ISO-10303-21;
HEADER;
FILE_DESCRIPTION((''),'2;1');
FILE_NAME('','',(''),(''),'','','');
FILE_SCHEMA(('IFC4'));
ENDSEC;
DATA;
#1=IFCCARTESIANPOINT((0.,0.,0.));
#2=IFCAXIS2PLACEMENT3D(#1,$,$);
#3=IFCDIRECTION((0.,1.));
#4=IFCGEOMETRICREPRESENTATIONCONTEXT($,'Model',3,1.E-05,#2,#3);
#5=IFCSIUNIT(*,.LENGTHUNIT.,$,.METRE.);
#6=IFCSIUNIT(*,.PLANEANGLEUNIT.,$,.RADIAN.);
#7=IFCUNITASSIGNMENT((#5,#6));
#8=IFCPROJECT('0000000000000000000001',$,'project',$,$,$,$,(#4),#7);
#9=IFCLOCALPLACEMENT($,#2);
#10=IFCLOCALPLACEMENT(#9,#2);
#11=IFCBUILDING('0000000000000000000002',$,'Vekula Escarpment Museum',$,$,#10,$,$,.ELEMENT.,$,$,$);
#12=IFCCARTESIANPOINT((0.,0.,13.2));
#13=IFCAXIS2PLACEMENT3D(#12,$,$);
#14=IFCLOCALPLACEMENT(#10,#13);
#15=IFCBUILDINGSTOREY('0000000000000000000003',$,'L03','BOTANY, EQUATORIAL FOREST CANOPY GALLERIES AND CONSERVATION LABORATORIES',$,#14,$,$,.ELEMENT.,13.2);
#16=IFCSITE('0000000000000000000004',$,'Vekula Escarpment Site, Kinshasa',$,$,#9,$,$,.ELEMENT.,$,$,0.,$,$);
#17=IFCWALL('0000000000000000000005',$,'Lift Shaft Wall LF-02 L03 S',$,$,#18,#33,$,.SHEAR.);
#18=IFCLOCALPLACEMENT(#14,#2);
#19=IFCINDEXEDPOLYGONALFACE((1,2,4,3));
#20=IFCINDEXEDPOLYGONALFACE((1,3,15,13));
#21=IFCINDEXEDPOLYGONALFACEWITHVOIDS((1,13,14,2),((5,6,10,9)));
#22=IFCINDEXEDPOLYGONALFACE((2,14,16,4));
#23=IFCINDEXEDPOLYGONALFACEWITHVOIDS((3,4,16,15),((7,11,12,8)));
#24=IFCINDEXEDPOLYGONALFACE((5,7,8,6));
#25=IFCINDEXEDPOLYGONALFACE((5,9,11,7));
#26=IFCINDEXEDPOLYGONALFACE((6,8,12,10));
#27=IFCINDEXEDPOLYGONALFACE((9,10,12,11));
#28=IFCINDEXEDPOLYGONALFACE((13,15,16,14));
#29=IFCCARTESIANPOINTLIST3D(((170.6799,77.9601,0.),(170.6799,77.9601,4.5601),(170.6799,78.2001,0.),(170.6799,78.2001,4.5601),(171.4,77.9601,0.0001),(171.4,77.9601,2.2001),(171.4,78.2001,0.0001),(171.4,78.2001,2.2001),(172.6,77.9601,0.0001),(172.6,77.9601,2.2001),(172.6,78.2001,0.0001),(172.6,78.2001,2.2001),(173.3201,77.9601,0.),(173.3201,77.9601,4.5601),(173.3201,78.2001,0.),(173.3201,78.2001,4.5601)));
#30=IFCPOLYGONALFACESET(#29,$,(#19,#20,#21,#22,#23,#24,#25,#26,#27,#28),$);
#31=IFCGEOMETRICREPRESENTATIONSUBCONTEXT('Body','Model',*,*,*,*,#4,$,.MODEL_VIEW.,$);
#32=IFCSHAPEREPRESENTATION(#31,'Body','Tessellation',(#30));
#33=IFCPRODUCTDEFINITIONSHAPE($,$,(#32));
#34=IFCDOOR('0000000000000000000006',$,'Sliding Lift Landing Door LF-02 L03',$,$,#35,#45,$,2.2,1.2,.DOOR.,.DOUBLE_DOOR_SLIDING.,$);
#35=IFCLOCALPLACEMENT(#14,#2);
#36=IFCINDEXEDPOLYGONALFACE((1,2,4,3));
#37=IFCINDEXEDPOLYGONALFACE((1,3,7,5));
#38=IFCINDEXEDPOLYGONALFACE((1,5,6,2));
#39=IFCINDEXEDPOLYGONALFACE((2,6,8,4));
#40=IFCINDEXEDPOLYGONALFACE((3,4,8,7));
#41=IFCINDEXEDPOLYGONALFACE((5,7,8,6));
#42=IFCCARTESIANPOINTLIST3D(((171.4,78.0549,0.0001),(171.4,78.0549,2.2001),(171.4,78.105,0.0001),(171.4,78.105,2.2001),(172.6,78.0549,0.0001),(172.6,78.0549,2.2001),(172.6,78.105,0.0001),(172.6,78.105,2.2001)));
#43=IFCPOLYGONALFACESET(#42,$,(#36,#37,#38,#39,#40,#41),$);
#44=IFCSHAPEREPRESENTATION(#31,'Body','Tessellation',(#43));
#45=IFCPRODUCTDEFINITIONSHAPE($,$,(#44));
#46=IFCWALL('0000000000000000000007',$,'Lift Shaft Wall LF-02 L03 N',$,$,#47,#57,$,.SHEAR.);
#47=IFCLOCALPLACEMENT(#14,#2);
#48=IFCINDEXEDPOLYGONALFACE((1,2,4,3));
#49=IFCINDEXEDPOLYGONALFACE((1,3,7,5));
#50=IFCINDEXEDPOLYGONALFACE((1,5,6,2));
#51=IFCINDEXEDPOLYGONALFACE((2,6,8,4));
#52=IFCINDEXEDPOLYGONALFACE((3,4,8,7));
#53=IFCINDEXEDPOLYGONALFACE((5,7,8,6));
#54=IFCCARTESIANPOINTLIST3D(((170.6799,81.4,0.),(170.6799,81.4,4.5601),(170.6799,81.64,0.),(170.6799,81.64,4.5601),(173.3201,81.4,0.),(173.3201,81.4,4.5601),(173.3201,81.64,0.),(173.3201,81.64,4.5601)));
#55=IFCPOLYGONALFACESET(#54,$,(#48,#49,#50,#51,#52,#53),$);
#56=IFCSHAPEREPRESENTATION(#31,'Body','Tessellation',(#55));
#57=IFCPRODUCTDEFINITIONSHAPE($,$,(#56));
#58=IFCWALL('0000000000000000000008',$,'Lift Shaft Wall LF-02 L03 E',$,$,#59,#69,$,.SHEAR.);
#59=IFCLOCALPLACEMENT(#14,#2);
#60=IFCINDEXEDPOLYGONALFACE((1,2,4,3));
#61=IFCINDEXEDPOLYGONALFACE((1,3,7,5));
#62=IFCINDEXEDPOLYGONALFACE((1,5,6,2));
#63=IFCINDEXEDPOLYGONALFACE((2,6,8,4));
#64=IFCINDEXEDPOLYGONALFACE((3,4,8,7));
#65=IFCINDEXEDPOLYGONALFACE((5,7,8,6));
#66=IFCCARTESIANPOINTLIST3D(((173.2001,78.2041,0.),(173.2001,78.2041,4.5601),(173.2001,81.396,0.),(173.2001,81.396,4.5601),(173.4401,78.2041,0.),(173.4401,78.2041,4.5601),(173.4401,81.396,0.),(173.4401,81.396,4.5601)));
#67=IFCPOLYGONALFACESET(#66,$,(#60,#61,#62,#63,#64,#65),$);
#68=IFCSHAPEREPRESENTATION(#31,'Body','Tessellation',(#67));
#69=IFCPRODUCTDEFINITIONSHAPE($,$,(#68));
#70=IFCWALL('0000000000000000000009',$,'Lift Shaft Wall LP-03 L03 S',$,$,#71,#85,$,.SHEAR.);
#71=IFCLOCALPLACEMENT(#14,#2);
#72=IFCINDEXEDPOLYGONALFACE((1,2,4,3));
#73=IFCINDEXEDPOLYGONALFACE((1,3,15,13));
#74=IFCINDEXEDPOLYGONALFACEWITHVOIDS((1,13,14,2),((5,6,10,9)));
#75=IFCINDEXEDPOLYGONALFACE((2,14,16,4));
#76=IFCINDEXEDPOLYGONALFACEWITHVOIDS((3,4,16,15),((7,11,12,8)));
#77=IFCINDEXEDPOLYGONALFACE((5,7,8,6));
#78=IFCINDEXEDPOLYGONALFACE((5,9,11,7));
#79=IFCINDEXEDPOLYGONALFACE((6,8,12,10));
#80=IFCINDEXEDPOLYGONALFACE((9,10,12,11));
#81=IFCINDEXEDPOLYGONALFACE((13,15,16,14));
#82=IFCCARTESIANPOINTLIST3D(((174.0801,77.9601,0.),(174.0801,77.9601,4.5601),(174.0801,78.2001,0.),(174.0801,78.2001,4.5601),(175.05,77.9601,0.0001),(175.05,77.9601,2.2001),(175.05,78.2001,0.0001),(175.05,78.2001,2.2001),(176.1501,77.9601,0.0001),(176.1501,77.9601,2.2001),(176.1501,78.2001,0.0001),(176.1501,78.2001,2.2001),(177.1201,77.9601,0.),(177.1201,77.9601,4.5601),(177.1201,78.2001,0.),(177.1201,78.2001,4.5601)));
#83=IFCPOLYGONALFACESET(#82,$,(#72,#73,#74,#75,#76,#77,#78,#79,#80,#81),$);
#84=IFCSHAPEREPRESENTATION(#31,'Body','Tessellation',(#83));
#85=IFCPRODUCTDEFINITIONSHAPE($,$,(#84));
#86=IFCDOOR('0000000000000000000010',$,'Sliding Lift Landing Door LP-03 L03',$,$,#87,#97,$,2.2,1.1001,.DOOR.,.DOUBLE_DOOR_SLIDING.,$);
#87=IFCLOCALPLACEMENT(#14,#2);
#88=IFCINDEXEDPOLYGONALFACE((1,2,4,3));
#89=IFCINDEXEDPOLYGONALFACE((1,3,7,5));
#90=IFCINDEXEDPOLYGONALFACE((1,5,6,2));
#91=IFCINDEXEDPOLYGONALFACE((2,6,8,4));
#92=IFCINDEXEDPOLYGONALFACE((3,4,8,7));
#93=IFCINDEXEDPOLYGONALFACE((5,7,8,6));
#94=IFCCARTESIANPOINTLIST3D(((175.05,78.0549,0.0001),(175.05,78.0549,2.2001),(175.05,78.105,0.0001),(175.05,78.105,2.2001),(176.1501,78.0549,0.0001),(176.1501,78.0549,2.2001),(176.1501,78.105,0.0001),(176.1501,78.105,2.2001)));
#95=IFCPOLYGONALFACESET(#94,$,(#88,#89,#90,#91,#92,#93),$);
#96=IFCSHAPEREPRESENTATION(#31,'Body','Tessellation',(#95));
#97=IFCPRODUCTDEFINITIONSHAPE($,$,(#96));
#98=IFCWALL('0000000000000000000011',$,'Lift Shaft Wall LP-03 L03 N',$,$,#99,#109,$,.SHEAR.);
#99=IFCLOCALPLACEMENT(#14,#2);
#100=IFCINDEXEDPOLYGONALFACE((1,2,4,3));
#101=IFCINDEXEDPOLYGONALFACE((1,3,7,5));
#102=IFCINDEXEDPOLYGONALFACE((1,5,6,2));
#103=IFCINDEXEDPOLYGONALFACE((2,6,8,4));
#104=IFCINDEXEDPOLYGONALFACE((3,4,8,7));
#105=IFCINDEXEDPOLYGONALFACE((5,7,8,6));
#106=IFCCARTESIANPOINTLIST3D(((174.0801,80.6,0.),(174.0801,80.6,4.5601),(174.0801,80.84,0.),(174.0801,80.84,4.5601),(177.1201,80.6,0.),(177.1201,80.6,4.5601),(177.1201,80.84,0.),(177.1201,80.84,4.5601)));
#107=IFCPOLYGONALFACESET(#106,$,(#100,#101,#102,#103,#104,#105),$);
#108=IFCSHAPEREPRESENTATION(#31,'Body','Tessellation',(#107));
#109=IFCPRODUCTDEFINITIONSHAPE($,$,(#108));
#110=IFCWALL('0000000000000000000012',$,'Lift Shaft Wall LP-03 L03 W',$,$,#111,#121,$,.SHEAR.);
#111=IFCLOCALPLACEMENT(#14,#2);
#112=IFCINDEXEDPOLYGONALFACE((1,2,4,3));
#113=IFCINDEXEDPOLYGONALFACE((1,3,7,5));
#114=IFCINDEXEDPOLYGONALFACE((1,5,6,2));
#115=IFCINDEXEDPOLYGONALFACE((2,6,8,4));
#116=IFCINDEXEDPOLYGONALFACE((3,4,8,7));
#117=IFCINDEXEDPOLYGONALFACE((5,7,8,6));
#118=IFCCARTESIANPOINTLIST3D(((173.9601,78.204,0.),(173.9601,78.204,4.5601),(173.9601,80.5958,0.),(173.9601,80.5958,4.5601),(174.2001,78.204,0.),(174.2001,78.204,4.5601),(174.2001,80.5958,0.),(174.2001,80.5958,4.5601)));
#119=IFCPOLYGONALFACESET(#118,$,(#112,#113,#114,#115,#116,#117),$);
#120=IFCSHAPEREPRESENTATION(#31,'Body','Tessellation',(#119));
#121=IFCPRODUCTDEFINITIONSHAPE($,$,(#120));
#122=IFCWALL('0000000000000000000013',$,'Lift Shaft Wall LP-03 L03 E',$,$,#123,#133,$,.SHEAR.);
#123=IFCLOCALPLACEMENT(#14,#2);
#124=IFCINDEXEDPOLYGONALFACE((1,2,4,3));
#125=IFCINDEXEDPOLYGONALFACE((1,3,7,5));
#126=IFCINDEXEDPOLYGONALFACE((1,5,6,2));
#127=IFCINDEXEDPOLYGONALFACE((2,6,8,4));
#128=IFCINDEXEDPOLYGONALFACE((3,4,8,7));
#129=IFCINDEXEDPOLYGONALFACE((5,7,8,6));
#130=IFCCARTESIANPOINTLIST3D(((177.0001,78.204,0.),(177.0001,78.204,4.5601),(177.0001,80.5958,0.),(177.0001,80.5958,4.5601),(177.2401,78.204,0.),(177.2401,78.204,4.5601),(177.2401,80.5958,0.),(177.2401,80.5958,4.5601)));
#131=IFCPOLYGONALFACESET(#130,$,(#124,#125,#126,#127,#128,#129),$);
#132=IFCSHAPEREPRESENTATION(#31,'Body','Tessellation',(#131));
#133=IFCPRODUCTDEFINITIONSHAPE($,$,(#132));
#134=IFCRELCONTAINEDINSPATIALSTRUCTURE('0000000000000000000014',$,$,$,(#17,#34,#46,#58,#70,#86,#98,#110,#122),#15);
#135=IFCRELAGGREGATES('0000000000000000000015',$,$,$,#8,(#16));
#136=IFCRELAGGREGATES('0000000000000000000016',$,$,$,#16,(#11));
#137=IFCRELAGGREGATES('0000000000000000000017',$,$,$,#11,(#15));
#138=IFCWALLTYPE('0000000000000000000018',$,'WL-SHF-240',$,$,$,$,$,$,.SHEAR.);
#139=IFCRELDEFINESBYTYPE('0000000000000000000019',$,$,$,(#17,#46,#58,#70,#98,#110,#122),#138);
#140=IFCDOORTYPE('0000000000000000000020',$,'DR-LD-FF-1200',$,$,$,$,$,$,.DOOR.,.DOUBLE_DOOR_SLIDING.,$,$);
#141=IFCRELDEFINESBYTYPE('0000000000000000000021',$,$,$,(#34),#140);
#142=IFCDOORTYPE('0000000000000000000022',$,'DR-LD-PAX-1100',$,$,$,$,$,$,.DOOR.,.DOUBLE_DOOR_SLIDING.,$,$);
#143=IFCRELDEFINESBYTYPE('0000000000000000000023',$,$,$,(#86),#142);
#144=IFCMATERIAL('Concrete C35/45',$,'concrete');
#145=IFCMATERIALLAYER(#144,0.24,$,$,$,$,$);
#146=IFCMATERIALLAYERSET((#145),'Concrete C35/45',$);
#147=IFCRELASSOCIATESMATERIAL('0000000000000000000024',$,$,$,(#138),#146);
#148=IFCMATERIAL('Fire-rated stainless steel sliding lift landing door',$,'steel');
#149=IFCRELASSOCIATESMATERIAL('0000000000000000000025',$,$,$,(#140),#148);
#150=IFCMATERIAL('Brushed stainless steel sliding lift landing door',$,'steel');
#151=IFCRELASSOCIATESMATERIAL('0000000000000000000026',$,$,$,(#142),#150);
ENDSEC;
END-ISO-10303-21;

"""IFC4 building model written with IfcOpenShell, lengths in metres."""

from ifc_helpers import new_model, si_unit, direction, frame, frame_2d, origin, place, context, subcontext, project, spatial, rectangle, extrude, material, layer, layer_set, type_object, element, fill, save


model = new_model("IFC4")

# Units and contexts
model_context = context("Model", 3, precision=1e-05, world=origin(), true_north=direction((0.0, 1.0)))
body_context = subcontext(model_context, "Body", "Model", "MODEL_VIEW")
ifc_project = project(units=[si_unit("LENGTHUNIT", "METRE"), si_unit("PLANEANGLEUNIT", "RADIAN")], contexts=[model_context])

# Site, building, storey
site_placement = place(None, origin())
site = spatial("IfcSite", under=ifc_project, at=site_placement, Name="Vekula Escarpment Site, Kinshasa", CompositionType="ELEMENT", RefElevation=0.0)
building_placement = place(site_placement, origin())
building = spatial("IfcBuilding", under=site, at=building_placement, Name="Vekula Escarpment Museum", CompositionType="ELEMENT")
storey_placement = place(building_placement, frame((0.0, 0.0, 13.2)))
storey = spatial("IfcBuildingStorey", under=building, at=storey_placement, Name="L03", Description="BOTANY, EQUATORIAL FOREST CANOPY GALLERIES AND CONSERVATION LABORATORIES", CompositionType="ELEMENT", Elevation=13.2)

# Shared definitions
ifc_material_1 = material(Name="Concrete C35/45", Category="concrete")
ifc_layer_1 = layer(ifc_material_1, 0.24)
ifc_layer_set_1 = layer_set([ifc_layer_1], Name="Concrete C35/45")
wall_type_1 = type_object("IfcWallType", Name="WL-SHF-240", PredefinedType="SHEAR", material=ifc_layer_set_1)

# Wall, opening, door
wall_1_placement = place(storey_placement, frame((170.6799, 78.0801, 0.0), z_axis=(0.0, 0.0, 1.0), x_axis=(1.0, 0.0, 0.0)))
wall_1 = element("IfcWall", 1, at=wall_1_placement, inside=storey, type_object=wall_type_1, Name="Lift Shaft Wall LF-02 L03 S", PredefinedType="SHEAR", context=body_context, shape_type="SweptSolid", body=[
    extrude(rectangle(XDim=2.6401, YDim=0.24, at=frame_2d((1.3201, 0.0))), origin(), (0.0, 0.0, 1.0), 4.5601),
])
opening_1_placement = place(wall_1_placement, frame((0.72, 0.0, 0.0)))
opening_1 = element("IfcOpeningElement", 2, at=opening_1_placement, cuts=wall_1, PredefinedType="OPENING", context=body_context, shape_type="SweptSolid", body=[
    extrude(rectangle(XDim=1.2, YDim=2.2, at=frame_2d((0.6001, 1.1001))), frame((0.0, 0.1299, 0.0), z_axis=(0.0, -1.0, 0.0), x_axis=(1.0, 0.0, 0.0)), (0.0, 0.0, 1.0), 0.26),
])
ifc_material_2 = material(Name="Fire-rated stainless steel sliding lift landing door", Category="steel")
door_type_1 = type_object("IfcDoorType", Name="DR-LD-FF-1200", OperationType="DOUBLE_DOOR_SLIDING", PredefinedType="DOOR", material=ifc_material_2)
door_1_placement = place(opening_1_placement, origin())
door_1 = element("IfcDoor", 3, at=door_1_placement, inside=storey, type_object=door_type_1, Name="Sliding Lift Landing Door LF-02 L03", OperationType="DOUBLE_DOOR_SLIDING", OverallHeight=2.2, OverallWidth=1.2, PredefinedType="DOOR", context=body_context, shape_type="SweptSolid", body=[
    extrude(rectangle(XDim=1.2, YDim=2.2, at=frame_2d((0.6001, 1.1001))), frame((0.0, 0.0249, 0.0), z_axis=(0.0, -1.0, 0.0), x_axis=(1.0, 0.0, 0.0)), (0.0, 0.0, 1.0), 0.05),
])
fill(opening_1, door_1)

# Walls
wall_2_placement = place(storey_placement, frame((170.6799, 81.52, 0.0), z_axis=(0.0, 0.0, 1.0), x_axis=(1.0, 0.0, 0.0)))
element("IfcWall", 4, at=wall_2_placement, inside=storey, type_object=wall_type_1, Name="Lift Shaft Wall LF-02 L03 N", PredefinedType="SHEAR", context=body_context, shape_type="SweptSolid", body=[
    extrude(rectangle(XDim=2.6401, YDim=0.24, at=frame_2d((1.3201, 0.0))), origin(), (0.0, 0.0, 1.0), 4.5601),
])
wall_3_placement = place(storey_placement, frame((173.3201, 78.2041, 0.0), z_axis=(0.0, 0.0, 1.0), x_axis=(0.0, 1.0, 0.0)))
element("IfcWall", 5, at=wall_3_placement, inside=storey, type_object=wall_type_1, Name="Lift Shaft Wall LF-02 L03 E", PredefinedType="SHEAR", context=body_context, shape_type="SweptSolid", body=[
    extrude(rectangle(XDim=3.1919, YDim=0.24, at=frame_2d((1.5959, 0.0))), origin(), (0.0, 0.0, 1.0), 4.5601),
])

# Wall, opening, door
wall_4_placement = place(storey_placement, frame((174.0801, 78.0801, 0.0), z_axis=(0.0, 0.0, 1.0), x_axis=(1.0, 0.0, 0.0)))
wall_4 = element("IfcWall", 6, at=wall_4_placement, inside=storey, type_object=wall_type_1, Name="Lift Shaft Wall LP-03 L03 S", PredefinedType="SHEAR", context=body_context, shape_type="SweptSolid", body=[
    extrude(rectangle(XDim=3.04, YDim=0.24, at=frame_2d((1.52, 0.0))), origin(), (0.0, 0.0, 1.0), 4.5601),
])
opening_2_placement = place(wall_4_placement, frame((0.97, 0.0, 0.0)))
opening_2 = element("IfcOpeningElement", 7, at=opening_2_placement, cuts=wall_4, PredefinedType="OPENING", context=body_context, shape_type="SweptSolid", body=[
    extrude(rectangle(XDim=1.1001, YDim=2.2, at=frame_2d((0.55, 1.1001))), frame((0.0, 0.1299, 0.0), z_axis=(0.0, -1.0, 0.0), x_axis=(1.0, 0.0, 0.0)), (0.0, 0.0, 1.0), 0.26),
])
ifc_material_3 = material(Name="Brushed stainless steel sliding lift landing door", Category="steel")
door_type_2 = type_object("IfcDoorType", Name="DR-LD-PAX-1100", OperationType="DOUBLE_DOOR_SLIDING", PredefinedType="DOOR", material=ifc_material_3)
door_2_placement = place(opening_2_placement, origin())
door_2 = element("IfcDoor", 8, at=door_2_placement, inside=storey, type_object=door_type_2, Name="Sliding Lift Landing Door LP-03 L03", OperationType="DOUBLE_DOOR_SLIDING", OverallHeight=2.2, OverallWidth=1.1001, PredefinedType="DOOR", context=body_context, shape_type="SweptSolid", body=[
    extrude(rectangle(XDim=1.1001, YDim=2.2, at=frame_2d((0.55, 1.1001))), frame((0.0, 0.0249, 0.0), z_axis=(0.0, -1.0, 0.0), x_axis=(1.0, 0.0, 0.0)), (0.0, 0.0, 1.0), 0.05),
])
fill(opening_2, door_2)

# Walls
wall_5_placement = place(storey_placement, frame((174.0801, 80.72, 0.0), z_axis=(0.0, 0.0, 1.0), x_axis=(1.0, 0.0, 0.0)))
element("IfcWall", 9, at=wall_5_placement, inside=storey, type_object=wall_type_1, Name="Lift Shaft Wall LP-03 L03 N", PredefinedType="SHEAR", context=body_context, shape_type="SweptSolid", body=[
    extrude(rectangle(XDim=3.04, YDim=0.24, at=frame_2d((1.52, 0.0))), origin(), (0.0, 0.0, 1.0), 4.5601),
])
for number, where, z_axis, x_axis, name in (
    (10, (174.0801, 78.2041, 0.0), (0.0, 0.0, 1.0), (0.0, 1.0, 0.0), "Lift Shaft Wall LP-03 L03 W"),
    (11, (177.1201, 78.2041, 0.0), (0.0, 0.0, 1.0), (0.0, 1.0, 0.0), "Lift Shaft Wall LP-03 L03 E"),
):
    element("IfcWall", number, at=place(storey_placement, frame(where, z_axis=z_axis, x_axis=x_axis)), inside=storey, type_object=wall_type_1, Name=name, PredefinedType="SHEAR", context=body_context, shape_type="SweptSolid", body=[
        extrude(rectangle(XDim=2.3918, YDim=0.24, at=frame_2d((1.1958, 0.0))), origin(), (0.0, 0.0, 1.0), 4.5601),
    ])

save(model, "model.ifc")
